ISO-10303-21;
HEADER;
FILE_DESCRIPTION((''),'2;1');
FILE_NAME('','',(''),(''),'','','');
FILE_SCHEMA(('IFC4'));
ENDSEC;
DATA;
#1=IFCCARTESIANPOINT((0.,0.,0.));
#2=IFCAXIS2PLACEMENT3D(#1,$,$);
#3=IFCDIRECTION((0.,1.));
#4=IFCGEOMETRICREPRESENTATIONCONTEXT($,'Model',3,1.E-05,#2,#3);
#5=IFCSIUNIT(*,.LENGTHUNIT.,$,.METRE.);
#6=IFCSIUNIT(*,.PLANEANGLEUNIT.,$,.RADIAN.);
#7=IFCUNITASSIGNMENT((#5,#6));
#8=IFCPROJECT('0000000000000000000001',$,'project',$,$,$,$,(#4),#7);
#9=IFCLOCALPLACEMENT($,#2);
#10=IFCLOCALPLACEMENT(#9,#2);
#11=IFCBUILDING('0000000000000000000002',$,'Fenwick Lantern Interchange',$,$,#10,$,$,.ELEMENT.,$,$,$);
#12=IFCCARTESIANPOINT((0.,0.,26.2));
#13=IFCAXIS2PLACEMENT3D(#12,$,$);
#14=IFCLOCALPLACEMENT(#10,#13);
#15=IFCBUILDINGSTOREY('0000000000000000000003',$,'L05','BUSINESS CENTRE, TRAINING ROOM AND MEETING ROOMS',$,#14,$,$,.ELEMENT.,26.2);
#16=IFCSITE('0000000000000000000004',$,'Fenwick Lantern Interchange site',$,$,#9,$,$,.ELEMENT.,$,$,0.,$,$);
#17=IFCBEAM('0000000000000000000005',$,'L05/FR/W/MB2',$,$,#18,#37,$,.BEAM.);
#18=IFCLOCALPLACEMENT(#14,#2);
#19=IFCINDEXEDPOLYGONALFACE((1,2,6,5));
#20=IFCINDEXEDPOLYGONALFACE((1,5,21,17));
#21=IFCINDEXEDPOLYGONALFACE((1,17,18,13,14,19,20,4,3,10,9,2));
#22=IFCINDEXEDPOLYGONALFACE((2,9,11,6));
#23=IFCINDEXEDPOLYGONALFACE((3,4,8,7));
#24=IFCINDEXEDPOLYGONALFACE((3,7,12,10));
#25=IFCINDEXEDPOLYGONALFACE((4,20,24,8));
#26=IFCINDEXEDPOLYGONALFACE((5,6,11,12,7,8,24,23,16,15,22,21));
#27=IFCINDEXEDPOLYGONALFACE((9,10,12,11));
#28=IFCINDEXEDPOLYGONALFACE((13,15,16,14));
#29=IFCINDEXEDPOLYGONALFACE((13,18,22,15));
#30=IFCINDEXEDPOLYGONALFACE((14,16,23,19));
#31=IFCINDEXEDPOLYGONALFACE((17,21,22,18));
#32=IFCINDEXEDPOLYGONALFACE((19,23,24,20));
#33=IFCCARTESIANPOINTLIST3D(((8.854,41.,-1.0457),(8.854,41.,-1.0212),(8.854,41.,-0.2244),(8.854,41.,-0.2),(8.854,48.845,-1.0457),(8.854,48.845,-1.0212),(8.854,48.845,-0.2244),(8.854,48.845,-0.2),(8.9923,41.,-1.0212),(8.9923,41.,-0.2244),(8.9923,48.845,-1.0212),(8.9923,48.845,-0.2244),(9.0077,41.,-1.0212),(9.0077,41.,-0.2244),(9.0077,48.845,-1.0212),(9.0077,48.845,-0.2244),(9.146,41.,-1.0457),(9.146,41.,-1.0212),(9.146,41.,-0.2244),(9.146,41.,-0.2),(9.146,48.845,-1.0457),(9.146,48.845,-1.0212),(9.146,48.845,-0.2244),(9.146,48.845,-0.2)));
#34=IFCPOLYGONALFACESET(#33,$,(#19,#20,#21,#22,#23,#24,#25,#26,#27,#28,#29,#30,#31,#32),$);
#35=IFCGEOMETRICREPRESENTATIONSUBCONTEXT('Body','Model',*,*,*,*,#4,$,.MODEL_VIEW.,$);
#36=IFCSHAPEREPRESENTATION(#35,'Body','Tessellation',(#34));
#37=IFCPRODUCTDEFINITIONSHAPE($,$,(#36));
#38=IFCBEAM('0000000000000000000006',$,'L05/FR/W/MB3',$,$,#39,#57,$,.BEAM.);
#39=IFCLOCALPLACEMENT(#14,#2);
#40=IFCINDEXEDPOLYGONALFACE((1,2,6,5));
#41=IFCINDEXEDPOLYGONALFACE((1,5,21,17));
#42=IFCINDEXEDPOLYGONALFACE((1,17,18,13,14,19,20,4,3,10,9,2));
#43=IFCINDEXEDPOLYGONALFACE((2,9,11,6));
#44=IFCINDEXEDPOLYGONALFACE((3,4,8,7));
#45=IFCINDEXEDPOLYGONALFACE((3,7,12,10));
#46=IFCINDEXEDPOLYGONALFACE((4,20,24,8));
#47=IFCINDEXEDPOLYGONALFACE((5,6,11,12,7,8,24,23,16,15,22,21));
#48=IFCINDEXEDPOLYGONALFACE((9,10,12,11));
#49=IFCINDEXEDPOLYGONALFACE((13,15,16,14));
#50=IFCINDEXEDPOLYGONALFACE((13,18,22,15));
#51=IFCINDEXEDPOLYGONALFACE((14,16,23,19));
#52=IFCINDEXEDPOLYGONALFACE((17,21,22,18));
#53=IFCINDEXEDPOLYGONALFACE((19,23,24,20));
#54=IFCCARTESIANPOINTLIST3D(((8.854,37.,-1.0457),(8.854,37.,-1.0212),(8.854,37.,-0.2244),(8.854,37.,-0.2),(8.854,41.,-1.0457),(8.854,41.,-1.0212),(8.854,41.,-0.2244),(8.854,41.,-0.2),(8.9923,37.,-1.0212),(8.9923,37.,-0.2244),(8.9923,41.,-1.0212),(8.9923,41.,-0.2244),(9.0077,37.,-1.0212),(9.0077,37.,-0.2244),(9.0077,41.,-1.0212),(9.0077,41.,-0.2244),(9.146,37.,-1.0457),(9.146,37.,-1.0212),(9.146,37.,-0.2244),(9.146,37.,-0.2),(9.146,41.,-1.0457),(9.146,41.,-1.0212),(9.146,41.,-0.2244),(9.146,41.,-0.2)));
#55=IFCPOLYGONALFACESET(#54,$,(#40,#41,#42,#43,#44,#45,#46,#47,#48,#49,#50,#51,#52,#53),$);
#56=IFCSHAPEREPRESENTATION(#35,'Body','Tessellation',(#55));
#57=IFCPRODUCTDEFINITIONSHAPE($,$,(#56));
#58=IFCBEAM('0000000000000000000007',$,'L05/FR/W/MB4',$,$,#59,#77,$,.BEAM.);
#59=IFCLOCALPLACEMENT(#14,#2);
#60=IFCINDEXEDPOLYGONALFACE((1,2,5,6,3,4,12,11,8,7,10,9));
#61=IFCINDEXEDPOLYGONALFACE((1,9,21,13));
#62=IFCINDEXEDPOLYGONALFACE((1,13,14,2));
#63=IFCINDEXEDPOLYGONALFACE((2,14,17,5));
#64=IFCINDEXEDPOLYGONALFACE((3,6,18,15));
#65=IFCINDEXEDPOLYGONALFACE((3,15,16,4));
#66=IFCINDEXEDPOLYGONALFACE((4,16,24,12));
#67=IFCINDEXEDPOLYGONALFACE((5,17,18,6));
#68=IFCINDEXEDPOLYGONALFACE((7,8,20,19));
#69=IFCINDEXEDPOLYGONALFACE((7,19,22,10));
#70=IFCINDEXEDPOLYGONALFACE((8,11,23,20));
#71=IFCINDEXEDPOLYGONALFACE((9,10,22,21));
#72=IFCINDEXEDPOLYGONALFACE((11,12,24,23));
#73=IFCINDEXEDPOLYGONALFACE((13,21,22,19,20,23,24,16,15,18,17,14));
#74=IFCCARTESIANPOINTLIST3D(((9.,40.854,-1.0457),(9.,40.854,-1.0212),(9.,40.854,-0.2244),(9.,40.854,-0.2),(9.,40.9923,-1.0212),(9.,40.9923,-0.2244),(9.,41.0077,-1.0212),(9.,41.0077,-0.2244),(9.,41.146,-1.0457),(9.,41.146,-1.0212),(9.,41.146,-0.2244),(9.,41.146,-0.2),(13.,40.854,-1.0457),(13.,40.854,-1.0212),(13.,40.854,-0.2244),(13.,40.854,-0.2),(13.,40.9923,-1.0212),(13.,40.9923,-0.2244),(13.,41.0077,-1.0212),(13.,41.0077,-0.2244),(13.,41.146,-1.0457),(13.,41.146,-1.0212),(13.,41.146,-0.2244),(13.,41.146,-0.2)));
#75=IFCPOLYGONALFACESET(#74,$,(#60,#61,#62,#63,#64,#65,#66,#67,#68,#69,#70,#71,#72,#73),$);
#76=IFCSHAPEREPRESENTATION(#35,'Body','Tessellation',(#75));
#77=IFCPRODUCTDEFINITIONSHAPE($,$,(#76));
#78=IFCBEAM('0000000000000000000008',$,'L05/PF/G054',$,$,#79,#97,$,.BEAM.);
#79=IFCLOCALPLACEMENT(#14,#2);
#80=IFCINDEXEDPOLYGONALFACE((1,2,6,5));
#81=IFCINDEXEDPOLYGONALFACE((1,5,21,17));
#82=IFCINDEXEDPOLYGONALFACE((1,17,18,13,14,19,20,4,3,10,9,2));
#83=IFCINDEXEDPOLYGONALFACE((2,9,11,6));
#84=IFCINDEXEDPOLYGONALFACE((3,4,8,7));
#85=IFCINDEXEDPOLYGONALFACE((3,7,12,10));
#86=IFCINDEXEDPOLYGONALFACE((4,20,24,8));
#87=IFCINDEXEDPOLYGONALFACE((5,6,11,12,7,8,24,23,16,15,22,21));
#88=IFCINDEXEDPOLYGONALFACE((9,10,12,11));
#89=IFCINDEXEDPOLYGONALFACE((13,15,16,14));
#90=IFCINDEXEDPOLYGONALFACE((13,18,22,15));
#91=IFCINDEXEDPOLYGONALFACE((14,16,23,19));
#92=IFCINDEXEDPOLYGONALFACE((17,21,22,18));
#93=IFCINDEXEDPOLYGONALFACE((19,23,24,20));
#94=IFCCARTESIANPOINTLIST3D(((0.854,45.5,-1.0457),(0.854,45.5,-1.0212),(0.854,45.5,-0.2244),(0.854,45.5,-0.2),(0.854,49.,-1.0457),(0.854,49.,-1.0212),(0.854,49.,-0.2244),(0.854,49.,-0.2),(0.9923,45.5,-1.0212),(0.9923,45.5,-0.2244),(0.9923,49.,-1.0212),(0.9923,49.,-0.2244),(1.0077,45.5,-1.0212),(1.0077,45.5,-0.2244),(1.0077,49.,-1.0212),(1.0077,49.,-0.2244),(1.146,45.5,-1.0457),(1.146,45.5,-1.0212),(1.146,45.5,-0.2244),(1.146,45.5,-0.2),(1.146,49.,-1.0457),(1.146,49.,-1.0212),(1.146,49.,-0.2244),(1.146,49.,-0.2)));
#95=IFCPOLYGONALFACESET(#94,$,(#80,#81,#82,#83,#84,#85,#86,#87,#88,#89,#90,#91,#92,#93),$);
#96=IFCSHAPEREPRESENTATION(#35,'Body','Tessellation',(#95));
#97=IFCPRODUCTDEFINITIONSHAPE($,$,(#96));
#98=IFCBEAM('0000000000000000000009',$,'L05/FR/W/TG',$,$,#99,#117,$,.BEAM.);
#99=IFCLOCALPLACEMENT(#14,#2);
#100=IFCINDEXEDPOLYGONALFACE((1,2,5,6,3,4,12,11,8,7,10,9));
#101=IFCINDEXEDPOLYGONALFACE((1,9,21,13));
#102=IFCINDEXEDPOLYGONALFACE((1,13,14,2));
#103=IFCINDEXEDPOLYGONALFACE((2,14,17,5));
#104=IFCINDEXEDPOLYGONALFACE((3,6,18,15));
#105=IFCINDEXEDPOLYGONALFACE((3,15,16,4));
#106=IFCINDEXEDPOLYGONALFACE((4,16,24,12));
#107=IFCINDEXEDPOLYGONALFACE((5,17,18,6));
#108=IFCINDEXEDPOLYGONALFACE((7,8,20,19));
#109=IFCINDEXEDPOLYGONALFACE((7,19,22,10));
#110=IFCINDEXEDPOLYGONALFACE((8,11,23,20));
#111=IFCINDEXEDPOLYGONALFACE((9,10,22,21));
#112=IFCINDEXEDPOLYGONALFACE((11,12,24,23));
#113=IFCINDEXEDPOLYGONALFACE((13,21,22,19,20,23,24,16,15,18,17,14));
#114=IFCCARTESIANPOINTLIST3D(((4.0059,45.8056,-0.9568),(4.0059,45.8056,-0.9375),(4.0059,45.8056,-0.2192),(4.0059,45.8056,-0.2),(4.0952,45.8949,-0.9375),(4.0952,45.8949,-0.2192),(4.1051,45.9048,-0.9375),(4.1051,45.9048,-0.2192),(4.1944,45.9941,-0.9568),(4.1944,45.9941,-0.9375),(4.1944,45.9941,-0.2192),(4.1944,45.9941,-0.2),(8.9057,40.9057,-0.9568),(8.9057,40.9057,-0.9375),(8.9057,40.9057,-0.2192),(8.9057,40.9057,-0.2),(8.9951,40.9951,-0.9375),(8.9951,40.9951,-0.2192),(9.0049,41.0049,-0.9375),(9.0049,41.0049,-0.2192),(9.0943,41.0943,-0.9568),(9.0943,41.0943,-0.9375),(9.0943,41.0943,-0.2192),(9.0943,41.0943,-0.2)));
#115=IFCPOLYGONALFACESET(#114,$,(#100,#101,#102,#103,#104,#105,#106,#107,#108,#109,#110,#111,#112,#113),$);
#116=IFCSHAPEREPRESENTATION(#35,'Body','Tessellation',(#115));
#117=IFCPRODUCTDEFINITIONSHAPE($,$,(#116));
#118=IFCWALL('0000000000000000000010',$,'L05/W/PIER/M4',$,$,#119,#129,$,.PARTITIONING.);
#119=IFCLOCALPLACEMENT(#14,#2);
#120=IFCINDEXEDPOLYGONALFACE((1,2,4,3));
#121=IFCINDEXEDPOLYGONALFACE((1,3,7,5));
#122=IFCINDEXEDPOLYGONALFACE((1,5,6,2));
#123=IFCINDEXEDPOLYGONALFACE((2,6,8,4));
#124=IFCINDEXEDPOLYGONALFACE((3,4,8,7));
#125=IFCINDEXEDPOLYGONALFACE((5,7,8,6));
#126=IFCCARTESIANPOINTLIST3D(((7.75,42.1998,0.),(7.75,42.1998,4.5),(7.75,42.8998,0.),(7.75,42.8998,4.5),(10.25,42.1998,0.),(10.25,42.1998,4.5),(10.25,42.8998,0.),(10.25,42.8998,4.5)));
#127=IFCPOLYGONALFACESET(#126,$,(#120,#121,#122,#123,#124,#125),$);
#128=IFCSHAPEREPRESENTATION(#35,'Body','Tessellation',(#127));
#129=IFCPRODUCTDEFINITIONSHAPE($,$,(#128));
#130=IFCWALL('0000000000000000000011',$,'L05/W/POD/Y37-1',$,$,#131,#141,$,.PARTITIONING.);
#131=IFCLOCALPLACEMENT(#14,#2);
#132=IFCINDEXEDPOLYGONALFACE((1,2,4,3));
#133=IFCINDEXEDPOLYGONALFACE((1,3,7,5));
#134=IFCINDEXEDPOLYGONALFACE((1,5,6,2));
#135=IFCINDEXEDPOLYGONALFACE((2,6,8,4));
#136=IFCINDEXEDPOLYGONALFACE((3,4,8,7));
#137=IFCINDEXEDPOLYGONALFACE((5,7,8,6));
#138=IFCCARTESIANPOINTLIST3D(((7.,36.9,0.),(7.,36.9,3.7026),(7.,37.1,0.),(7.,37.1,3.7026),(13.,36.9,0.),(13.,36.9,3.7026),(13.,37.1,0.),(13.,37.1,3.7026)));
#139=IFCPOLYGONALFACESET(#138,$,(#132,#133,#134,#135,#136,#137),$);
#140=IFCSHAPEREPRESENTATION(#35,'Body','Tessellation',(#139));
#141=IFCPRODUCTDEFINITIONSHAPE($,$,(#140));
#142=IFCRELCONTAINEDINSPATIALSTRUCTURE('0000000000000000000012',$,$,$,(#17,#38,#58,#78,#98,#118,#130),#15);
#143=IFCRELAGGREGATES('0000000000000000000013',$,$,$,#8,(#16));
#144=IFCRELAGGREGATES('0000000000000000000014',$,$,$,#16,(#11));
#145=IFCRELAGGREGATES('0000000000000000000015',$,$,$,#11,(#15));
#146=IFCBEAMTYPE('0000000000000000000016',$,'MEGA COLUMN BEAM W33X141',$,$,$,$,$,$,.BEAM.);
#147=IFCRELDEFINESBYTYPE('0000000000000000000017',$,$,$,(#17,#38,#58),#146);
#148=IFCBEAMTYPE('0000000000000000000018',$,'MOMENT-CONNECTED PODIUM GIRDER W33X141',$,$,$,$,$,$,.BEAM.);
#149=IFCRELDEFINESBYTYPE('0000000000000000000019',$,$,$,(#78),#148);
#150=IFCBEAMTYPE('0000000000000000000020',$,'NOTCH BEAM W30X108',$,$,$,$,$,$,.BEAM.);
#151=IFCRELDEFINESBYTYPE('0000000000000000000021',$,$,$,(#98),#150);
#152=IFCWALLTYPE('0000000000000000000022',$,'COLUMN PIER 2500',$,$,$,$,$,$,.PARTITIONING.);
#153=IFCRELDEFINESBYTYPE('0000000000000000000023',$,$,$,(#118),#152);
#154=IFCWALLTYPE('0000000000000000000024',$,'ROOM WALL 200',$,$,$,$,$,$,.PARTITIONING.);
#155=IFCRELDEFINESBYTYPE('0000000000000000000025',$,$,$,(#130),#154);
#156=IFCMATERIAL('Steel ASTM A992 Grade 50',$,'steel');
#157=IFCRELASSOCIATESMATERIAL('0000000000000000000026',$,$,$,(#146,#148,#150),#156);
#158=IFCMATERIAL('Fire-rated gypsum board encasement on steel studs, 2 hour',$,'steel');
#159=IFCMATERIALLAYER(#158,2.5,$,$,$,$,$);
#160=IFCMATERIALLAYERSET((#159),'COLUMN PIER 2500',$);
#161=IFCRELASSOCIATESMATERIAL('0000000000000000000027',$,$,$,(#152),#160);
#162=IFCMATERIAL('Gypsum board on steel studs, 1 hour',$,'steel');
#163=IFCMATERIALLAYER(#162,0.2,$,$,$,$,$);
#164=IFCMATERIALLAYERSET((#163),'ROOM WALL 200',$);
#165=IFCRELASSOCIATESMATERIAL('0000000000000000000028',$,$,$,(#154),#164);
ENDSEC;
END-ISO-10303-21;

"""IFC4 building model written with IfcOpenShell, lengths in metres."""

from ifc_helpers import new_model, si_unit, direction, frame, frame_2d, origin, origin_2d, place, context, subcontext, project, spatial, rectangle, i_section, extrude, material, layer, layer_set, material_profile, profile_set, type_object, element, save


model = new_model("IFC4")

# Units and contexts
model_context = context("Model", 3, precision=1e-05, world=origin(), true_north=direction((0.0, 1.0)))
body_context = subcontext(model_context, "Body", "Model", "MODEL_VIEW")
ifc_project = project(units=[si_unit("LENGTHUNIT", "METRE"), si_unit("PLANEANGLEUNIT", "RADIAN")], contexts=[model_context])

# Site, building, storey
site_placement = place(None, origin())
site = spatial("IfcSite", under=ifc_project, at=site_placement, Name="Fenwick Lantern Interchange site", CompositionType="ELEMENT", RefElevation=0.0)
building_placement = place(site_placement, origin())
building = spatial("IfcBuilding", under=site, at=building_placement, Name="Fenwick Lantern Interchange", CompositionType="ELEMENT")
storey_placement = place(building_placement, frame((0.0, 0.0, 26.2)))
storey = spatial("IfcBuildingStorey", under=building, at=storey_placement, Name="L05", Description="BUSINESS CENTRE, TRAINING ROOM AND MEETING ROOMS", CompositionType="ELEMENT", Elevation=26.2)

# Beams
ifc_material_1 = material(Name="Steel ASTM A992 Grade 50", Category="steel")
ifc_material_profile_1 = material_profile(ifc_material_1, i_section(OverallWidth=0.292, OverallDepth=0.8457, WebThickness=0.0154, FlangeThickness=0.0244, at=origin_2d()), Name="W33X141")
ifc_profile_set_1 = profile_set([ifc_material_profile_1], Name="Steel ASTM A992 Grade 50")
beam_type_1 = type_object("IfcBeamType", Name="MEGA COLUMN BEAM W33X141", PredefinedType="BEAM", material=ifc_profile_set_1)
beam_1_placement = place(storey_placement, frame((9.0, 41.0, -0.6228), z_axis=(0.0, 1.0, 0.0), x_axis=(-1.0, 0.0, 0.0)))
element("IfcBeam", 1, at=beam_1_placement, inside=storey, type_object=beam_type_1, Name="L05/FR/W/MB2", PredefinedType="BEAM", context=body_context, shape_type="SweptSolid", body=[
    extrude(i_section(OverallWidth=0.292, OverallDepth=0.8457, WebThickness=0.0154, FlangeThickness=0.0244, at=origin_2d()), origin(), (0.0, 0.0, 1.0), 7.845),
])
for number, where, z_axis, x_axis, name in (
    (2, (9.0, 41.0, -0.6228), (0.0, -1.0, 0.0), (1.0, 0.0, 0.0), "L05/FR/W/MB3"),
    (3, (9.0, 41.0, -0.6228), (1.0, 0.0, 0.0), (0.0, 1.0, 0.0), "L05/FR/W/MB4"),
):
    element("IfcBeam", number, at=place(storey_placement, frame(where, z_axis=z_axis, x_axis=x_axis)), inside=storey, type_object=beam_type_1, Name=name, PredefinedType="BEAM", context=body_context, shape_type="SweptSolid", body=[
        extrude(i_section(OverallWidth=0.292, OverallDepth=0.8457, WebThickness=0.0154, FlangeThickness=0.0244, at=origin_2d()), origin(), (0.0, 0.0, 1.0), 4.0),
    ])
ifc_material_profile_2 = material_profile(ifc_material_1, i_section(OverallWidth=0.292, OverallDepth=0.8457, WebThickness=0.0154, FlangeThickness=0.0244, at=origin_2d()), Name="W33X141")
ifc_profile_set_2 = profile_set([ifc_material_profile_2], Name="Steel ASTM A992 Grade 50")
beam_type_2 = type_object("IfcBeamType", Name="MOMENT-CONNECTED PODIUM GIRDER W33X141", PredefinedType="BEAM", material=ifc_profile_set_2)
beam_2_placement = place(storey_placement, frame((1.0, 45.5, -0.6228), z_axis=(0.0, 1.0, 0.0), x_axis=(-1.0, 0.0, 0.0)))
element("IfcBeam", 4, at=beam_2_placement, inside=storey, type_object=beam_type_2, Name="L05/PF/G054", PredefinedType="BEAM", context=body_context, shape_type="SweptSolid", body=[
    extrude(i_section(OverallWidth=0.292, OverallDepth=0.8457, WebThickness=0.0154, FlangeThickness=0.0244, at=origin_2d()), origin(), (0.0, 0.0, 1.0), 3.5),
])
ifc_material_profile_3 = material_profile(ifc_material_1, i_section(OverallWidth=0.2666, OverallDepth=0.7568, WebThickness=0.0139, FlangeThickness=0.0193, at=origin_2d()), Name="W30X108")
ifc_profile_set_3 = profile_set([ifc_material_profile_3], Name="Steel ASTM A992 Grade 50")
beam_type_3 = type_object("IfcBeamType", Name="NOTCH BEAM W30X108", PredefinedType="BEAM", material=ifc_profile_set_3)
beam_3_placement = place(storey_placement, frame((9.0, 41.0, -0.5784), z_axis=(-0.707107, 0.707107, 0.0), x_axis=(-0.707107, -0.707107, 0.0)))
element("IfcBeam", 5, at=beam_3_placement, inside=storey, type_object=beam_type_3, Name="L05/FR/W/TG", PredefinedType="BEAM", context=body_context, shape_type="SweptSolid", body=[
    extrude(i_section(OverallWidth=0.2666, OverallDepth=0.7568, WebThickness=0.0139, FlangeThickness=0.0193, at=origin_2d()), origin(), (0.0, 0.0, 1.0), 6.9294),
])

# Walls
ifc_material_2 = material(Name="Fire-rated gypsum board encasement on steel studs, 2 hour", Category="steel")
ifc_layer_1 = layer(ifc_material_2, 2.5)
ifc_layer_set_1 = layer_set([ifc_layer_1], Name="COLUMN PIER 2500")
wall_type_1 = type_object("IfcWallType", Name="COLUMN PIER 2500", PredefinedType="PARTITIONING", material=ifc_layer_set_1)
wall_1_placement = place(storey_placement, frame((9.0, 42.8999, 0.0), z_axis=(0.0, 0.0, 1.0), x_axis=(0.0, -1.0, 0.0)))
element("IfcWall", 6, at=wall_1_placement, inside=storey, type_object=wall_type_1, Name="L05/W/PIER/M4", PredefinedType="PARTITIONING", context=body_context, shape_type="SweptSolid", body=[
    extrude(rectangle(XDim=0.7, YDim=2.5, at=frame_2d((0.3501, 0.0))), origin(), (0.0, 0.0, 1.0), 4.5),
])
ifc_material_3 = material(Name="Gypsum board on steel studs, 1 hour", Category="steel")
ifc_layer_2 = layer(ifc_material_3, 0.2)
ifc_layer_set_2 = layer_set([ifc_layer_2], Name="ROOM WALL 200")
wall_type_2 = type_object("IfcWallType", Name="ROOM WALL 200", PredefinedType="PARTITIONING", material=ifc_layer_set_2)
wall_2_placement = place(storey_placement, frame((7.0, 37.0, 0.0), z_axis=(0.0, 0.0, 1.0), x_axis=(1.0, 0.0, 0.0)))
element("IfcWall", 7, at=wall_2_placement, inside=storey, type_object=wall_type_2, Name="L05/W/POD/Y37-1", PredefinedType="PARTITIONING", context=body_context, shape_type="SweptSolid", body=[
    extrude(rectangle(XDim=6.0, YDim=0.2, at=frame_2d((3.0, 0.0))), origin(), (0.0, 0.0, 1.0), 3.7026),
])

save(model, "model.ifc")
